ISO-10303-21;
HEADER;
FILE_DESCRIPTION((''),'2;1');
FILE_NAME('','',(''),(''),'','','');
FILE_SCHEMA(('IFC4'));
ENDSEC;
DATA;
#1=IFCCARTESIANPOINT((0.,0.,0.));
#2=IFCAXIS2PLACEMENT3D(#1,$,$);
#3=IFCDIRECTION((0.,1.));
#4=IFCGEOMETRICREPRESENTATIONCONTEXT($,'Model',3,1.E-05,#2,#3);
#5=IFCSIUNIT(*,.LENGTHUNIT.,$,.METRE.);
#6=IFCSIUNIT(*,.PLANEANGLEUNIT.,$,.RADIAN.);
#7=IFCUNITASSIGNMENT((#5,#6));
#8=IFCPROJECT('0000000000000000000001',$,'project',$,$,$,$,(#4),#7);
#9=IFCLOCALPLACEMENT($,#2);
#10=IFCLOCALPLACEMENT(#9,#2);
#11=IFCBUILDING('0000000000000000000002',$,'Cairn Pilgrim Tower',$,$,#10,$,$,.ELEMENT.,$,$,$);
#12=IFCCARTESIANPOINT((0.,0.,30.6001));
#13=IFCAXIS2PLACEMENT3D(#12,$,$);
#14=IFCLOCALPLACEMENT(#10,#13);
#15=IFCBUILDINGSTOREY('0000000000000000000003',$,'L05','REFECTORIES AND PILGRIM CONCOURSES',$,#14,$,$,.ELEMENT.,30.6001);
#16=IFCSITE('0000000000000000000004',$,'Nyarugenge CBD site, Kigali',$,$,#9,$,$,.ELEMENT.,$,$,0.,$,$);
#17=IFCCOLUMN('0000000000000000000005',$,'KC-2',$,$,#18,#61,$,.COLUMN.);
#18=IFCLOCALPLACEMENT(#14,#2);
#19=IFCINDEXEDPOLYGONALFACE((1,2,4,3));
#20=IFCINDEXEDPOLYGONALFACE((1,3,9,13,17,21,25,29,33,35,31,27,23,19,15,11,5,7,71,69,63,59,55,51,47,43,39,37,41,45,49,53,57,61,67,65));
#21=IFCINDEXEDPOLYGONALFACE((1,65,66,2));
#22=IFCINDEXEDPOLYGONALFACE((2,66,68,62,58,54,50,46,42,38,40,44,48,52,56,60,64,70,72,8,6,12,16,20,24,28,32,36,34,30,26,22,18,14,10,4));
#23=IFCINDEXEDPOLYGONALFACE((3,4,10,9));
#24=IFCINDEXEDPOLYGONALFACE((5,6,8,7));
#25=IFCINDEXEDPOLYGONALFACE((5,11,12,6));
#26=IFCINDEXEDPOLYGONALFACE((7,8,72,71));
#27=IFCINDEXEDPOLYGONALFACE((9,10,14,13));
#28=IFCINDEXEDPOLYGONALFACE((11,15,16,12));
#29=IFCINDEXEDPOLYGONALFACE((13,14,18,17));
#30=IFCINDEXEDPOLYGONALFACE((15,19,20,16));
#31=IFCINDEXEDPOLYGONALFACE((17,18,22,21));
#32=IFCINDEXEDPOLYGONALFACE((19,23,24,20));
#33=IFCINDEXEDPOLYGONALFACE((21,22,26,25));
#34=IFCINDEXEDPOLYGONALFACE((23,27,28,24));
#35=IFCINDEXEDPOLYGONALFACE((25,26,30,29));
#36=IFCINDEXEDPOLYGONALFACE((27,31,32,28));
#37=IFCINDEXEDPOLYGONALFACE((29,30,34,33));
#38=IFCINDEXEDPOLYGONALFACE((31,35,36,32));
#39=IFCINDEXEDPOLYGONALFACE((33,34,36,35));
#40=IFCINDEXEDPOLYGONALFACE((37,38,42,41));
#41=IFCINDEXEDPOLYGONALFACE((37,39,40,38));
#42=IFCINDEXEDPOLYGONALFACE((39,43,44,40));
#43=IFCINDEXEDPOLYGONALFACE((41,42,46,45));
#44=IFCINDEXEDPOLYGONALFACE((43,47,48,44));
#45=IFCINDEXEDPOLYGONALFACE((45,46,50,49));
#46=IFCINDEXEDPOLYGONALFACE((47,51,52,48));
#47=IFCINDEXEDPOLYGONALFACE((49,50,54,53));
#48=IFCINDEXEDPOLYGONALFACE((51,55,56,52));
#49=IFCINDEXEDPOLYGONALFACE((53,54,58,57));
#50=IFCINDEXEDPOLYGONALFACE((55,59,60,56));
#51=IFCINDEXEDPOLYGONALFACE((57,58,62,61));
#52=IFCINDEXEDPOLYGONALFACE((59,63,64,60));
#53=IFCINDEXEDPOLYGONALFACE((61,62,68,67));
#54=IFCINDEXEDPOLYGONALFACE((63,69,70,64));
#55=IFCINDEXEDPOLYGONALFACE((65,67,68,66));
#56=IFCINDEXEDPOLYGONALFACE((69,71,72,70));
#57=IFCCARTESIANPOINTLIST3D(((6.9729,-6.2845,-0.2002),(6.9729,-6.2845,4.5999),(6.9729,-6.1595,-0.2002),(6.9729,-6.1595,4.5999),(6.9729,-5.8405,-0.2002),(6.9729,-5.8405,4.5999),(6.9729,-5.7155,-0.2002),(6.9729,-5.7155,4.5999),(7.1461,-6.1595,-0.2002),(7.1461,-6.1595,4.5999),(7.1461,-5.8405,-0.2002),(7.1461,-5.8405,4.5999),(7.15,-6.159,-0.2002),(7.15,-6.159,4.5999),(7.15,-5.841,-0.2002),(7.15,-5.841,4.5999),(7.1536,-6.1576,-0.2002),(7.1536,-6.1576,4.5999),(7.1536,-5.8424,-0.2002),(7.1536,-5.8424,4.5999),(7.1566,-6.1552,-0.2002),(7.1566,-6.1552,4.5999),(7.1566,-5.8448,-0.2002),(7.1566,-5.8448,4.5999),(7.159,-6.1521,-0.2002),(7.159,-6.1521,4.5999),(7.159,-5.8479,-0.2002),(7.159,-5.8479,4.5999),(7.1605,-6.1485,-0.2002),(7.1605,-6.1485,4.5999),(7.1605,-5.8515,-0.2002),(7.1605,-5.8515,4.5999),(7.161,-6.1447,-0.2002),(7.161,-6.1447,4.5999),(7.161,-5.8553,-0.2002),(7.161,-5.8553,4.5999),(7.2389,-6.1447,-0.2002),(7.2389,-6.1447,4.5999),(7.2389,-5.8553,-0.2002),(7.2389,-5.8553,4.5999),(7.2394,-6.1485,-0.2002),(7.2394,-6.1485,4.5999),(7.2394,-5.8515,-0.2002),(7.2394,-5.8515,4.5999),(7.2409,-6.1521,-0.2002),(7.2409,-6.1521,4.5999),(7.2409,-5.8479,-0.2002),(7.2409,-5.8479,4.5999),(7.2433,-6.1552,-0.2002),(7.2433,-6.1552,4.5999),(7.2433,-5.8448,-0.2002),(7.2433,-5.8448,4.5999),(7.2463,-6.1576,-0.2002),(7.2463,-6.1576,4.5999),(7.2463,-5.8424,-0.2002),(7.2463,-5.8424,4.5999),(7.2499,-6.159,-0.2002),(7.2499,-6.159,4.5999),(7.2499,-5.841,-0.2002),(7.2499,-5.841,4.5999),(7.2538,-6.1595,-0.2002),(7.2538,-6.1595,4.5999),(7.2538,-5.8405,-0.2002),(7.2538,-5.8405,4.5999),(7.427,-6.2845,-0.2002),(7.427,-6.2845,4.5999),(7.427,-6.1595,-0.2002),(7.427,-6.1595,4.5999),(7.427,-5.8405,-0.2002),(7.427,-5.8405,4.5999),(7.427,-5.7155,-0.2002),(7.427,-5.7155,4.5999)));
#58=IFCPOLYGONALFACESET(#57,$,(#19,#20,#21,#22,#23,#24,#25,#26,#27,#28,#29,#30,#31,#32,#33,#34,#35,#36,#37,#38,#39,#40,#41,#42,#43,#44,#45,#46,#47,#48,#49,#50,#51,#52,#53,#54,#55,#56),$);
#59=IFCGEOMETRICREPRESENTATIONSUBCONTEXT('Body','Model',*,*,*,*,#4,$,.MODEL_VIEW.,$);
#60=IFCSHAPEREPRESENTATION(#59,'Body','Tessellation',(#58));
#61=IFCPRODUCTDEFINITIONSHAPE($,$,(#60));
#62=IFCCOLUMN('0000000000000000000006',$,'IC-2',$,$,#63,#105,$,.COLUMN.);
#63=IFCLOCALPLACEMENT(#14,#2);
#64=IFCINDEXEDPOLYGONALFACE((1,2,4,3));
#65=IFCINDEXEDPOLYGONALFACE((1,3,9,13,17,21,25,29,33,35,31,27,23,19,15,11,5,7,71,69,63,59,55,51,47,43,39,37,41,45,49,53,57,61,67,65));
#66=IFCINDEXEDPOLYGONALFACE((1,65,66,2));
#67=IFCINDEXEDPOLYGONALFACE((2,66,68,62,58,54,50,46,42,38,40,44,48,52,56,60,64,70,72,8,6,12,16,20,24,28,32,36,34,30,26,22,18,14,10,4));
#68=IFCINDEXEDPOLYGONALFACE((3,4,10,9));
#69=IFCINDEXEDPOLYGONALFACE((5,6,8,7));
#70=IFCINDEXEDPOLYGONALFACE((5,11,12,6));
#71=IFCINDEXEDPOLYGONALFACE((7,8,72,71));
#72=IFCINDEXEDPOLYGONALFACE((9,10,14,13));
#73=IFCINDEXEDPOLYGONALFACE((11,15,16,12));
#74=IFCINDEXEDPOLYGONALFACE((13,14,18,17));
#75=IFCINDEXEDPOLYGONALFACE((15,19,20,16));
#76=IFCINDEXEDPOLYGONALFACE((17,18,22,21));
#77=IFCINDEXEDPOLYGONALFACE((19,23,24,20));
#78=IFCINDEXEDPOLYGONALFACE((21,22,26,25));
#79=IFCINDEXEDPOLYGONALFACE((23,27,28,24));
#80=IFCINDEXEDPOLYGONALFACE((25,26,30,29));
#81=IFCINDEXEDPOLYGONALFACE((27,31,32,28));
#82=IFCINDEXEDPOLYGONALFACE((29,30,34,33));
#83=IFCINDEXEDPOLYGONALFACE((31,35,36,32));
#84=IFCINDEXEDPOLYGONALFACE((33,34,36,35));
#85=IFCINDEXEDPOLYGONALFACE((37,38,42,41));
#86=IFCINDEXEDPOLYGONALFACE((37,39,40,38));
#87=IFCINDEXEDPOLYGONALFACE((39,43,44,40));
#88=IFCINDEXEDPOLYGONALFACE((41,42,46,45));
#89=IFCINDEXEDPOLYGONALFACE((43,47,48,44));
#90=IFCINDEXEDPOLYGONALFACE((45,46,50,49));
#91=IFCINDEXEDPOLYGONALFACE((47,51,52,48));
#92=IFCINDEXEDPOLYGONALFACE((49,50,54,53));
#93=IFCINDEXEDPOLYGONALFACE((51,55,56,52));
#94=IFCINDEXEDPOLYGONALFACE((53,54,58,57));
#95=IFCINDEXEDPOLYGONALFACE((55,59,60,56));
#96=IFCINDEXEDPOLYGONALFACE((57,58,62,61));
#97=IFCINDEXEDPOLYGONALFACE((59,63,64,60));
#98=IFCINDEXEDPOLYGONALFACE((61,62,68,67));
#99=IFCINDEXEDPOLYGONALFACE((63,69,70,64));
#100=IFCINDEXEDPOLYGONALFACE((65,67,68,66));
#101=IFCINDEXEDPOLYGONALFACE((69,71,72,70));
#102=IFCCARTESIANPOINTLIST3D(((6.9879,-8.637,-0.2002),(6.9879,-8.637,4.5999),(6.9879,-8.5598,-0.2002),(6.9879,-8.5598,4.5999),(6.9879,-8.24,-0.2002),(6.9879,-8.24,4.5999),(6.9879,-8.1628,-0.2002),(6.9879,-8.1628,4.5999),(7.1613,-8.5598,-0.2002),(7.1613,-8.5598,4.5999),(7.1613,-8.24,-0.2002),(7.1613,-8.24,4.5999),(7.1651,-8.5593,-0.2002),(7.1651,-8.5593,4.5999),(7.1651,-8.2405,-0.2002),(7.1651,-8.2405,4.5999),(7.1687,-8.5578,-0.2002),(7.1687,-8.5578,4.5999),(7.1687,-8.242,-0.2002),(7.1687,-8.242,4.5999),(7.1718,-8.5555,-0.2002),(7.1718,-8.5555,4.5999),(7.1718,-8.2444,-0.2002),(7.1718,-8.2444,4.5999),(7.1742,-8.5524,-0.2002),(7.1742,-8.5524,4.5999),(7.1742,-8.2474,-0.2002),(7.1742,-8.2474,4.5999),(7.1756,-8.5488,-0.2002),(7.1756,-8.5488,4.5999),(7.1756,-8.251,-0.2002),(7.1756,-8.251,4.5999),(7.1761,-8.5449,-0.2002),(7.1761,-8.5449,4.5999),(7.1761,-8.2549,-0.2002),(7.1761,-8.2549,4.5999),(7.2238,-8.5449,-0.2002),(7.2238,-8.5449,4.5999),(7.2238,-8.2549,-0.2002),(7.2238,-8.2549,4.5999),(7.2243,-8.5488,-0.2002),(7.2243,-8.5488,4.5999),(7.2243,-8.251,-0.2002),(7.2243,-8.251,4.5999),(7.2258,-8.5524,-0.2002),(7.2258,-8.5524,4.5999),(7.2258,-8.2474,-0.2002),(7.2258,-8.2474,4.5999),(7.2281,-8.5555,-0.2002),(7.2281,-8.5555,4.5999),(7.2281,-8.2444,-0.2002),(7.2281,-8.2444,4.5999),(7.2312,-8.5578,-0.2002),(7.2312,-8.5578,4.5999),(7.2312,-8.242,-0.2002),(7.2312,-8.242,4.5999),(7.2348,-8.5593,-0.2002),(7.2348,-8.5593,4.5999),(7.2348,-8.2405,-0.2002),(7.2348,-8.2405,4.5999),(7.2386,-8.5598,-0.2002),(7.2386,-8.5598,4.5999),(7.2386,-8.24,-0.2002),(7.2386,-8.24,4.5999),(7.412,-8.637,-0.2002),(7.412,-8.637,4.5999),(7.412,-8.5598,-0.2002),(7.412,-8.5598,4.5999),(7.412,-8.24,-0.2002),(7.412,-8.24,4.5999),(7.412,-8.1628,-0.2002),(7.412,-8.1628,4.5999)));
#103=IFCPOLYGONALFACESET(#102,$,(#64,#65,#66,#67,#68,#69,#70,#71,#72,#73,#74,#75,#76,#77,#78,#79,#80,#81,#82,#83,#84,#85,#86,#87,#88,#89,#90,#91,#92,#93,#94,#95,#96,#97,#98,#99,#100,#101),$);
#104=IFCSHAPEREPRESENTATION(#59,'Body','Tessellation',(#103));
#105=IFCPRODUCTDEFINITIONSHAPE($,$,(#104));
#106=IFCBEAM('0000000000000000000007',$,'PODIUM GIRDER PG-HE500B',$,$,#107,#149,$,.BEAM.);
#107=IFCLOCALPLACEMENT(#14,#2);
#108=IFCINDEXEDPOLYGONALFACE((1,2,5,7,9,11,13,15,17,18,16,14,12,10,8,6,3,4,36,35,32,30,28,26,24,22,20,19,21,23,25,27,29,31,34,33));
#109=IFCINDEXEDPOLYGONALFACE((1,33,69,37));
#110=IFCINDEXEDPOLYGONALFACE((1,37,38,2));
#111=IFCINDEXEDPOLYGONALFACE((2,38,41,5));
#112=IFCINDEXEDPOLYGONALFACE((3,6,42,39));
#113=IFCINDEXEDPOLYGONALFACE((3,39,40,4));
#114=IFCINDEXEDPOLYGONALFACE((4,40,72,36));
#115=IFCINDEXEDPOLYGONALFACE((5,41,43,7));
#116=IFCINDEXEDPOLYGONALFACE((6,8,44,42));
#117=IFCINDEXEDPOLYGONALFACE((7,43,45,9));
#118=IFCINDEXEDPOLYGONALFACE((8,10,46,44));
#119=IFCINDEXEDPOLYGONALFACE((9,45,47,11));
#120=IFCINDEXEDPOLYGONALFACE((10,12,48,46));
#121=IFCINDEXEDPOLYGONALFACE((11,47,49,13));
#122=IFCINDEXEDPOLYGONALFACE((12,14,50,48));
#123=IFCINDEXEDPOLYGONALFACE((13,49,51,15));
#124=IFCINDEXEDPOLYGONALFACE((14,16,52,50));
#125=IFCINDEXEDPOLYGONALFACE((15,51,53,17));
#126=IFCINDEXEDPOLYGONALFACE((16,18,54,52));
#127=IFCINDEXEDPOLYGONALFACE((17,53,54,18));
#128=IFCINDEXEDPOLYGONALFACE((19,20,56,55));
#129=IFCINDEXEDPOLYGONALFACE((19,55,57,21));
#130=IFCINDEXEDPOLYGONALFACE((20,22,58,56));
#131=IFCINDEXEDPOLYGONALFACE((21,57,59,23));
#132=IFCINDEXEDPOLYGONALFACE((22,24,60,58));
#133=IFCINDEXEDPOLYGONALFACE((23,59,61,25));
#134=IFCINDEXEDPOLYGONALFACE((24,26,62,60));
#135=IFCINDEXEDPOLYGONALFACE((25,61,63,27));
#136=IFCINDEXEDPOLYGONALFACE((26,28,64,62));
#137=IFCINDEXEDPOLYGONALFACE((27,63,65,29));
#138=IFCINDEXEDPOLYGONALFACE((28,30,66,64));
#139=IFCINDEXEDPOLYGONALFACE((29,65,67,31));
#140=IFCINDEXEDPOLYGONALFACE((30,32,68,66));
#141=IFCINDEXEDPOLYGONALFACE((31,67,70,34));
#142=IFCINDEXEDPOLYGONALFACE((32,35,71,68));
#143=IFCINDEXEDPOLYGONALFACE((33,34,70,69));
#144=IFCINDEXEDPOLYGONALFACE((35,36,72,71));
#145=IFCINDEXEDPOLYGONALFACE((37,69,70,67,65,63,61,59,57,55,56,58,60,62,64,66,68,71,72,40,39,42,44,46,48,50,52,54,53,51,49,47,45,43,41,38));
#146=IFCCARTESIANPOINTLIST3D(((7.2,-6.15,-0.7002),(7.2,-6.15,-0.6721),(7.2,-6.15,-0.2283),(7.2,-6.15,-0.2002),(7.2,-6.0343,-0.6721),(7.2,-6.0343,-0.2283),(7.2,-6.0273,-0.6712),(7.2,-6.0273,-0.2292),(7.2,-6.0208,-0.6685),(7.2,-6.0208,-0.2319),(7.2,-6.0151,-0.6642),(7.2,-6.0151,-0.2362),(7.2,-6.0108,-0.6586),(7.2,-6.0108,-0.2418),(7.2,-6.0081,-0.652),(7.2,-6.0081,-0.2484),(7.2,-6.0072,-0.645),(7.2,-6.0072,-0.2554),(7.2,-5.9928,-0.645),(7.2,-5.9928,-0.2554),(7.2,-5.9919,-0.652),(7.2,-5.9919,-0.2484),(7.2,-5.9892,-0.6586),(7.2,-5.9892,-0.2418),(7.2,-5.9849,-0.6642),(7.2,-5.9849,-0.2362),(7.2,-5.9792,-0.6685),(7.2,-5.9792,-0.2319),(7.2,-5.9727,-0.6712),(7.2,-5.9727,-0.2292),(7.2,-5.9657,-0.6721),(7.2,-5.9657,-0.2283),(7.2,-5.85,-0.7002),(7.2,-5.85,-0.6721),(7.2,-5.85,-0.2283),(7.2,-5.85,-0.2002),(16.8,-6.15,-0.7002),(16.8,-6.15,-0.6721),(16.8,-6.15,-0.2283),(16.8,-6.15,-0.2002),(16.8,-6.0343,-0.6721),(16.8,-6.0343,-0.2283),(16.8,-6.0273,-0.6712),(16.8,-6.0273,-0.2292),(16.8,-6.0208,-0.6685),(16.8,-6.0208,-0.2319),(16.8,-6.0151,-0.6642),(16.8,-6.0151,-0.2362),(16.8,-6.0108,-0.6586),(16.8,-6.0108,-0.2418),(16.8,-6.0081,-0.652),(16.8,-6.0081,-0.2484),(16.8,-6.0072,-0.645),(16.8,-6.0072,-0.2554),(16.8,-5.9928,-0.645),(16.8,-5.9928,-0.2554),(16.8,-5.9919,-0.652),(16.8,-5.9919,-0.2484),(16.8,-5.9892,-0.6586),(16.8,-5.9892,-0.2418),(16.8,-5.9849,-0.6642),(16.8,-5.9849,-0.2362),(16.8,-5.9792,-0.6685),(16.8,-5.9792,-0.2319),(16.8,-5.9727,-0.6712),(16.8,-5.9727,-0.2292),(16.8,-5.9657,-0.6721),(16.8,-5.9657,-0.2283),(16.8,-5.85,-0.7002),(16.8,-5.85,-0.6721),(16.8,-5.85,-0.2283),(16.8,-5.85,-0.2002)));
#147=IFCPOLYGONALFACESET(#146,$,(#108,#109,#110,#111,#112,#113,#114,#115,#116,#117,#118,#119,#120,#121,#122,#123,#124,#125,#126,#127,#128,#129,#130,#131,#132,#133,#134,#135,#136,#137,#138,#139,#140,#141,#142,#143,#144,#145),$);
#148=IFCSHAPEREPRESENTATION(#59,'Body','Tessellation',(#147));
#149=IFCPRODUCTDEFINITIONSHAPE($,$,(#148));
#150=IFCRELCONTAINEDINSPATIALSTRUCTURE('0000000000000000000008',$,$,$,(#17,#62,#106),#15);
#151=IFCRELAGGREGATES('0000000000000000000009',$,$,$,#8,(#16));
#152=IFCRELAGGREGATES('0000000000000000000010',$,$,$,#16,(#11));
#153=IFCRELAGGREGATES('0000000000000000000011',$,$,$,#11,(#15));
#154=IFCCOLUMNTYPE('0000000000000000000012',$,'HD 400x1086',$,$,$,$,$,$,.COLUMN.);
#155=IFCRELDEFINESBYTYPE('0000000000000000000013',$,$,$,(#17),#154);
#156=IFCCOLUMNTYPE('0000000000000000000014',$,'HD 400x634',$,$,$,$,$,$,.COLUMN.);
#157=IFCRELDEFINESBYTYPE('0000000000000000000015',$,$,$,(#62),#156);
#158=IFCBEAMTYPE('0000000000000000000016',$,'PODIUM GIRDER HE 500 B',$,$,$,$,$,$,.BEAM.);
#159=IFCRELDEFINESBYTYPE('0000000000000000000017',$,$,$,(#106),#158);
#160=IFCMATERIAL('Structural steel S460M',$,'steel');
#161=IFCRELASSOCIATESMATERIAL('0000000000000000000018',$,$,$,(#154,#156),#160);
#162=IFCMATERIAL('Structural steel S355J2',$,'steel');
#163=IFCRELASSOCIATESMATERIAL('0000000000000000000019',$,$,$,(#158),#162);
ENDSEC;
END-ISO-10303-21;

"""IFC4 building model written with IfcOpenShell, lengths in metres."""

from ifc_helpers import new_model, si_unit, direction, frame, origin, origin_2d, place, context, subcontext, project, spatial, i_section, extrude, material, material_profile, profile_set, type_object, element, save


model = new_model("IFC4")

# Units and contexts
model_context = context("Model", 3, precision=1e-05, world=origin(), true_north=direction((0.0, 1.0)))
body_context = subcontext(model_context, "Body", "Model", "MODEL_VIEW")
ifc_project = project(units=[si_unit("LENGTHUNIT", "METRE"), si_unit("PLANEANGLEUNIT", "RADIAN")], contexts=[model_context])

# Site, building, storey
site_placement = place(None, origin())
site = spatial("IfcSite", under=ifc_project, at=site_placement, Name="Nyarugenge CBD site, Kigali", CompositionType="ELEMENT", RefElevation=0.0)
building_placement = place(site_placement, origin())
building = spatial("IfcBuilding", under=site, at=building_placement, Name="Cairn Pilgrim Tower", CompositionType="ELEMENT")
storey_placement = place(building_placement, frame((0.0, 0.0, 30.6001)))
storey = spatial("IfcBuildingStorey", under=building, at=storey_placement, Name="L05", Description="REFECTORIES AND PILGRIM CONCOURSES", CompositionType="ELEMENT", Elevation=30.6001)

# Columns
ifc_material_1 = material(Name="Structural steel S460M", Category="steel")
ifc_material_profile_1 = material_profile(ifc_material_1, i_section(OverallWidth=0.4541, OverallDepth=0.5691, WebThickness=0.0779, FlangeThickness=0.125, FilletRadius=0.0149, at=origin_2d()), Name="HD 400x1086")
ifc_profile_set_1 = profile_set([ifc_material_profile_1], Name="Structural steel S460M")
column_type_1 = type_object("IfcColumnType", Name="HD 400x1086", PredefinedType="COLUMN", material=ifc_profile_set_1)
column_1_placement = place(storey_placement, frame((7.2, -6.0, -0.2002), z_axis=(0.0, 0.0, 1.0), x_axis=(1.0, 0.0, 0.0)))
element("IfcColumn", 1, at=column_1_placement, inside=storey, type_object=column_type_1, Name="KC-2", PredefinedType="COLUMN", context=body_context, shape_type="SweptSolid", body=[
    extrude(i_section(OverallWidth=0.4541, OverallDepth=0.5691, WebThickness=0.0779, FlangeThickness=0.125, FilletRadius=0.0149, at=origin_2d()), origin(), (0.0, 0.0, 1.0), 4.8),
])
ifc_material_profile_2 = material_profile(ifc_material_1, i_section(OverallWidth=0.4241, OverallDepth=0.4741, WebThickness=0.0476, FlangeThickness=0.0771, FilletRadius=0.0149, at=origin_2d()), Name="HD 400x634")
ifc_profile_set_2 = profile_set([ifc_material_profile_2], Name="Structural steel S460M")
column_type_2 = type_object("IfcColumnType", Name="HD 400x634", PredefinedType="COLUMN", material=ifc_profile_set_2)
column_2_placement = place(storey_placement, frame((7.2, -8.3999, -0.2002), z_axis=(0.0, 0.0, 1.0), x_axis=(1.0, 0.0, 0.0)))
element("IfcColumn", 2, at=column_2_placement, inside=storey, type_object=column_type_2, Name="IC-2", PredefinedType="COLUMN", context=body_context, shape_type="SweptSolid", body=[
    extrude(i_section(OverallWidth=0.4241, OverallDepth=0.4741, WebThickness=0.0476, FlangeThickness=0.0771, FilletRadius=0.0149, at=origin_2d()), origin(), (0.0, 0.0, 1.0), 4.8),
])

# Beam
ifc_material_2 = material(Name="Structural steel S355J2", Category="steel")
ifc_material_profile_3 = material_profile(ifc_material_2, i_section(OverallWidth=0.3, OverallDepth=0.5, WebThickness=0.0144, FlangeThickness=0.0281, FilletRadius=0.0271, at=origin_2d()), Name="HEB 500")
ifc_profile_set_3 = profile_set([ifc_material_profile_3], Name="Structural steel S355J2")
beam_type_1 = type_object("IfcBeamType", Name="PODIUM GIRDER HE 500 B", PredefinedType="BEAM", material=ifc_profile_set_3)
beam_1_placement = place(storey_placement, frame((7.2, -6.0, -0.4502), z_axis=(1.0, 0.0, 0.0), x_axis=(0.0, 1.0, 0.0)))
element("IfcBeam", 3, at=beam_1_placement, inside=storey, type_object=beam_type_1, Name="PODIUM GIRDER PG-HE500B", PredefinedType="BEAM", context=body_context, shape_type="SweptSolid", body=[
    extrude(i_section(OverallWidth=0.3, OverallDepth=0.5, WebThickness=0.0144, FlangeThickness=0.0281, FilletRadius=0.0271, at=origin_2d()), origin(), (0.0, 0.0, 1.0), 9.6001),
])

save(model, "model.ifc")
